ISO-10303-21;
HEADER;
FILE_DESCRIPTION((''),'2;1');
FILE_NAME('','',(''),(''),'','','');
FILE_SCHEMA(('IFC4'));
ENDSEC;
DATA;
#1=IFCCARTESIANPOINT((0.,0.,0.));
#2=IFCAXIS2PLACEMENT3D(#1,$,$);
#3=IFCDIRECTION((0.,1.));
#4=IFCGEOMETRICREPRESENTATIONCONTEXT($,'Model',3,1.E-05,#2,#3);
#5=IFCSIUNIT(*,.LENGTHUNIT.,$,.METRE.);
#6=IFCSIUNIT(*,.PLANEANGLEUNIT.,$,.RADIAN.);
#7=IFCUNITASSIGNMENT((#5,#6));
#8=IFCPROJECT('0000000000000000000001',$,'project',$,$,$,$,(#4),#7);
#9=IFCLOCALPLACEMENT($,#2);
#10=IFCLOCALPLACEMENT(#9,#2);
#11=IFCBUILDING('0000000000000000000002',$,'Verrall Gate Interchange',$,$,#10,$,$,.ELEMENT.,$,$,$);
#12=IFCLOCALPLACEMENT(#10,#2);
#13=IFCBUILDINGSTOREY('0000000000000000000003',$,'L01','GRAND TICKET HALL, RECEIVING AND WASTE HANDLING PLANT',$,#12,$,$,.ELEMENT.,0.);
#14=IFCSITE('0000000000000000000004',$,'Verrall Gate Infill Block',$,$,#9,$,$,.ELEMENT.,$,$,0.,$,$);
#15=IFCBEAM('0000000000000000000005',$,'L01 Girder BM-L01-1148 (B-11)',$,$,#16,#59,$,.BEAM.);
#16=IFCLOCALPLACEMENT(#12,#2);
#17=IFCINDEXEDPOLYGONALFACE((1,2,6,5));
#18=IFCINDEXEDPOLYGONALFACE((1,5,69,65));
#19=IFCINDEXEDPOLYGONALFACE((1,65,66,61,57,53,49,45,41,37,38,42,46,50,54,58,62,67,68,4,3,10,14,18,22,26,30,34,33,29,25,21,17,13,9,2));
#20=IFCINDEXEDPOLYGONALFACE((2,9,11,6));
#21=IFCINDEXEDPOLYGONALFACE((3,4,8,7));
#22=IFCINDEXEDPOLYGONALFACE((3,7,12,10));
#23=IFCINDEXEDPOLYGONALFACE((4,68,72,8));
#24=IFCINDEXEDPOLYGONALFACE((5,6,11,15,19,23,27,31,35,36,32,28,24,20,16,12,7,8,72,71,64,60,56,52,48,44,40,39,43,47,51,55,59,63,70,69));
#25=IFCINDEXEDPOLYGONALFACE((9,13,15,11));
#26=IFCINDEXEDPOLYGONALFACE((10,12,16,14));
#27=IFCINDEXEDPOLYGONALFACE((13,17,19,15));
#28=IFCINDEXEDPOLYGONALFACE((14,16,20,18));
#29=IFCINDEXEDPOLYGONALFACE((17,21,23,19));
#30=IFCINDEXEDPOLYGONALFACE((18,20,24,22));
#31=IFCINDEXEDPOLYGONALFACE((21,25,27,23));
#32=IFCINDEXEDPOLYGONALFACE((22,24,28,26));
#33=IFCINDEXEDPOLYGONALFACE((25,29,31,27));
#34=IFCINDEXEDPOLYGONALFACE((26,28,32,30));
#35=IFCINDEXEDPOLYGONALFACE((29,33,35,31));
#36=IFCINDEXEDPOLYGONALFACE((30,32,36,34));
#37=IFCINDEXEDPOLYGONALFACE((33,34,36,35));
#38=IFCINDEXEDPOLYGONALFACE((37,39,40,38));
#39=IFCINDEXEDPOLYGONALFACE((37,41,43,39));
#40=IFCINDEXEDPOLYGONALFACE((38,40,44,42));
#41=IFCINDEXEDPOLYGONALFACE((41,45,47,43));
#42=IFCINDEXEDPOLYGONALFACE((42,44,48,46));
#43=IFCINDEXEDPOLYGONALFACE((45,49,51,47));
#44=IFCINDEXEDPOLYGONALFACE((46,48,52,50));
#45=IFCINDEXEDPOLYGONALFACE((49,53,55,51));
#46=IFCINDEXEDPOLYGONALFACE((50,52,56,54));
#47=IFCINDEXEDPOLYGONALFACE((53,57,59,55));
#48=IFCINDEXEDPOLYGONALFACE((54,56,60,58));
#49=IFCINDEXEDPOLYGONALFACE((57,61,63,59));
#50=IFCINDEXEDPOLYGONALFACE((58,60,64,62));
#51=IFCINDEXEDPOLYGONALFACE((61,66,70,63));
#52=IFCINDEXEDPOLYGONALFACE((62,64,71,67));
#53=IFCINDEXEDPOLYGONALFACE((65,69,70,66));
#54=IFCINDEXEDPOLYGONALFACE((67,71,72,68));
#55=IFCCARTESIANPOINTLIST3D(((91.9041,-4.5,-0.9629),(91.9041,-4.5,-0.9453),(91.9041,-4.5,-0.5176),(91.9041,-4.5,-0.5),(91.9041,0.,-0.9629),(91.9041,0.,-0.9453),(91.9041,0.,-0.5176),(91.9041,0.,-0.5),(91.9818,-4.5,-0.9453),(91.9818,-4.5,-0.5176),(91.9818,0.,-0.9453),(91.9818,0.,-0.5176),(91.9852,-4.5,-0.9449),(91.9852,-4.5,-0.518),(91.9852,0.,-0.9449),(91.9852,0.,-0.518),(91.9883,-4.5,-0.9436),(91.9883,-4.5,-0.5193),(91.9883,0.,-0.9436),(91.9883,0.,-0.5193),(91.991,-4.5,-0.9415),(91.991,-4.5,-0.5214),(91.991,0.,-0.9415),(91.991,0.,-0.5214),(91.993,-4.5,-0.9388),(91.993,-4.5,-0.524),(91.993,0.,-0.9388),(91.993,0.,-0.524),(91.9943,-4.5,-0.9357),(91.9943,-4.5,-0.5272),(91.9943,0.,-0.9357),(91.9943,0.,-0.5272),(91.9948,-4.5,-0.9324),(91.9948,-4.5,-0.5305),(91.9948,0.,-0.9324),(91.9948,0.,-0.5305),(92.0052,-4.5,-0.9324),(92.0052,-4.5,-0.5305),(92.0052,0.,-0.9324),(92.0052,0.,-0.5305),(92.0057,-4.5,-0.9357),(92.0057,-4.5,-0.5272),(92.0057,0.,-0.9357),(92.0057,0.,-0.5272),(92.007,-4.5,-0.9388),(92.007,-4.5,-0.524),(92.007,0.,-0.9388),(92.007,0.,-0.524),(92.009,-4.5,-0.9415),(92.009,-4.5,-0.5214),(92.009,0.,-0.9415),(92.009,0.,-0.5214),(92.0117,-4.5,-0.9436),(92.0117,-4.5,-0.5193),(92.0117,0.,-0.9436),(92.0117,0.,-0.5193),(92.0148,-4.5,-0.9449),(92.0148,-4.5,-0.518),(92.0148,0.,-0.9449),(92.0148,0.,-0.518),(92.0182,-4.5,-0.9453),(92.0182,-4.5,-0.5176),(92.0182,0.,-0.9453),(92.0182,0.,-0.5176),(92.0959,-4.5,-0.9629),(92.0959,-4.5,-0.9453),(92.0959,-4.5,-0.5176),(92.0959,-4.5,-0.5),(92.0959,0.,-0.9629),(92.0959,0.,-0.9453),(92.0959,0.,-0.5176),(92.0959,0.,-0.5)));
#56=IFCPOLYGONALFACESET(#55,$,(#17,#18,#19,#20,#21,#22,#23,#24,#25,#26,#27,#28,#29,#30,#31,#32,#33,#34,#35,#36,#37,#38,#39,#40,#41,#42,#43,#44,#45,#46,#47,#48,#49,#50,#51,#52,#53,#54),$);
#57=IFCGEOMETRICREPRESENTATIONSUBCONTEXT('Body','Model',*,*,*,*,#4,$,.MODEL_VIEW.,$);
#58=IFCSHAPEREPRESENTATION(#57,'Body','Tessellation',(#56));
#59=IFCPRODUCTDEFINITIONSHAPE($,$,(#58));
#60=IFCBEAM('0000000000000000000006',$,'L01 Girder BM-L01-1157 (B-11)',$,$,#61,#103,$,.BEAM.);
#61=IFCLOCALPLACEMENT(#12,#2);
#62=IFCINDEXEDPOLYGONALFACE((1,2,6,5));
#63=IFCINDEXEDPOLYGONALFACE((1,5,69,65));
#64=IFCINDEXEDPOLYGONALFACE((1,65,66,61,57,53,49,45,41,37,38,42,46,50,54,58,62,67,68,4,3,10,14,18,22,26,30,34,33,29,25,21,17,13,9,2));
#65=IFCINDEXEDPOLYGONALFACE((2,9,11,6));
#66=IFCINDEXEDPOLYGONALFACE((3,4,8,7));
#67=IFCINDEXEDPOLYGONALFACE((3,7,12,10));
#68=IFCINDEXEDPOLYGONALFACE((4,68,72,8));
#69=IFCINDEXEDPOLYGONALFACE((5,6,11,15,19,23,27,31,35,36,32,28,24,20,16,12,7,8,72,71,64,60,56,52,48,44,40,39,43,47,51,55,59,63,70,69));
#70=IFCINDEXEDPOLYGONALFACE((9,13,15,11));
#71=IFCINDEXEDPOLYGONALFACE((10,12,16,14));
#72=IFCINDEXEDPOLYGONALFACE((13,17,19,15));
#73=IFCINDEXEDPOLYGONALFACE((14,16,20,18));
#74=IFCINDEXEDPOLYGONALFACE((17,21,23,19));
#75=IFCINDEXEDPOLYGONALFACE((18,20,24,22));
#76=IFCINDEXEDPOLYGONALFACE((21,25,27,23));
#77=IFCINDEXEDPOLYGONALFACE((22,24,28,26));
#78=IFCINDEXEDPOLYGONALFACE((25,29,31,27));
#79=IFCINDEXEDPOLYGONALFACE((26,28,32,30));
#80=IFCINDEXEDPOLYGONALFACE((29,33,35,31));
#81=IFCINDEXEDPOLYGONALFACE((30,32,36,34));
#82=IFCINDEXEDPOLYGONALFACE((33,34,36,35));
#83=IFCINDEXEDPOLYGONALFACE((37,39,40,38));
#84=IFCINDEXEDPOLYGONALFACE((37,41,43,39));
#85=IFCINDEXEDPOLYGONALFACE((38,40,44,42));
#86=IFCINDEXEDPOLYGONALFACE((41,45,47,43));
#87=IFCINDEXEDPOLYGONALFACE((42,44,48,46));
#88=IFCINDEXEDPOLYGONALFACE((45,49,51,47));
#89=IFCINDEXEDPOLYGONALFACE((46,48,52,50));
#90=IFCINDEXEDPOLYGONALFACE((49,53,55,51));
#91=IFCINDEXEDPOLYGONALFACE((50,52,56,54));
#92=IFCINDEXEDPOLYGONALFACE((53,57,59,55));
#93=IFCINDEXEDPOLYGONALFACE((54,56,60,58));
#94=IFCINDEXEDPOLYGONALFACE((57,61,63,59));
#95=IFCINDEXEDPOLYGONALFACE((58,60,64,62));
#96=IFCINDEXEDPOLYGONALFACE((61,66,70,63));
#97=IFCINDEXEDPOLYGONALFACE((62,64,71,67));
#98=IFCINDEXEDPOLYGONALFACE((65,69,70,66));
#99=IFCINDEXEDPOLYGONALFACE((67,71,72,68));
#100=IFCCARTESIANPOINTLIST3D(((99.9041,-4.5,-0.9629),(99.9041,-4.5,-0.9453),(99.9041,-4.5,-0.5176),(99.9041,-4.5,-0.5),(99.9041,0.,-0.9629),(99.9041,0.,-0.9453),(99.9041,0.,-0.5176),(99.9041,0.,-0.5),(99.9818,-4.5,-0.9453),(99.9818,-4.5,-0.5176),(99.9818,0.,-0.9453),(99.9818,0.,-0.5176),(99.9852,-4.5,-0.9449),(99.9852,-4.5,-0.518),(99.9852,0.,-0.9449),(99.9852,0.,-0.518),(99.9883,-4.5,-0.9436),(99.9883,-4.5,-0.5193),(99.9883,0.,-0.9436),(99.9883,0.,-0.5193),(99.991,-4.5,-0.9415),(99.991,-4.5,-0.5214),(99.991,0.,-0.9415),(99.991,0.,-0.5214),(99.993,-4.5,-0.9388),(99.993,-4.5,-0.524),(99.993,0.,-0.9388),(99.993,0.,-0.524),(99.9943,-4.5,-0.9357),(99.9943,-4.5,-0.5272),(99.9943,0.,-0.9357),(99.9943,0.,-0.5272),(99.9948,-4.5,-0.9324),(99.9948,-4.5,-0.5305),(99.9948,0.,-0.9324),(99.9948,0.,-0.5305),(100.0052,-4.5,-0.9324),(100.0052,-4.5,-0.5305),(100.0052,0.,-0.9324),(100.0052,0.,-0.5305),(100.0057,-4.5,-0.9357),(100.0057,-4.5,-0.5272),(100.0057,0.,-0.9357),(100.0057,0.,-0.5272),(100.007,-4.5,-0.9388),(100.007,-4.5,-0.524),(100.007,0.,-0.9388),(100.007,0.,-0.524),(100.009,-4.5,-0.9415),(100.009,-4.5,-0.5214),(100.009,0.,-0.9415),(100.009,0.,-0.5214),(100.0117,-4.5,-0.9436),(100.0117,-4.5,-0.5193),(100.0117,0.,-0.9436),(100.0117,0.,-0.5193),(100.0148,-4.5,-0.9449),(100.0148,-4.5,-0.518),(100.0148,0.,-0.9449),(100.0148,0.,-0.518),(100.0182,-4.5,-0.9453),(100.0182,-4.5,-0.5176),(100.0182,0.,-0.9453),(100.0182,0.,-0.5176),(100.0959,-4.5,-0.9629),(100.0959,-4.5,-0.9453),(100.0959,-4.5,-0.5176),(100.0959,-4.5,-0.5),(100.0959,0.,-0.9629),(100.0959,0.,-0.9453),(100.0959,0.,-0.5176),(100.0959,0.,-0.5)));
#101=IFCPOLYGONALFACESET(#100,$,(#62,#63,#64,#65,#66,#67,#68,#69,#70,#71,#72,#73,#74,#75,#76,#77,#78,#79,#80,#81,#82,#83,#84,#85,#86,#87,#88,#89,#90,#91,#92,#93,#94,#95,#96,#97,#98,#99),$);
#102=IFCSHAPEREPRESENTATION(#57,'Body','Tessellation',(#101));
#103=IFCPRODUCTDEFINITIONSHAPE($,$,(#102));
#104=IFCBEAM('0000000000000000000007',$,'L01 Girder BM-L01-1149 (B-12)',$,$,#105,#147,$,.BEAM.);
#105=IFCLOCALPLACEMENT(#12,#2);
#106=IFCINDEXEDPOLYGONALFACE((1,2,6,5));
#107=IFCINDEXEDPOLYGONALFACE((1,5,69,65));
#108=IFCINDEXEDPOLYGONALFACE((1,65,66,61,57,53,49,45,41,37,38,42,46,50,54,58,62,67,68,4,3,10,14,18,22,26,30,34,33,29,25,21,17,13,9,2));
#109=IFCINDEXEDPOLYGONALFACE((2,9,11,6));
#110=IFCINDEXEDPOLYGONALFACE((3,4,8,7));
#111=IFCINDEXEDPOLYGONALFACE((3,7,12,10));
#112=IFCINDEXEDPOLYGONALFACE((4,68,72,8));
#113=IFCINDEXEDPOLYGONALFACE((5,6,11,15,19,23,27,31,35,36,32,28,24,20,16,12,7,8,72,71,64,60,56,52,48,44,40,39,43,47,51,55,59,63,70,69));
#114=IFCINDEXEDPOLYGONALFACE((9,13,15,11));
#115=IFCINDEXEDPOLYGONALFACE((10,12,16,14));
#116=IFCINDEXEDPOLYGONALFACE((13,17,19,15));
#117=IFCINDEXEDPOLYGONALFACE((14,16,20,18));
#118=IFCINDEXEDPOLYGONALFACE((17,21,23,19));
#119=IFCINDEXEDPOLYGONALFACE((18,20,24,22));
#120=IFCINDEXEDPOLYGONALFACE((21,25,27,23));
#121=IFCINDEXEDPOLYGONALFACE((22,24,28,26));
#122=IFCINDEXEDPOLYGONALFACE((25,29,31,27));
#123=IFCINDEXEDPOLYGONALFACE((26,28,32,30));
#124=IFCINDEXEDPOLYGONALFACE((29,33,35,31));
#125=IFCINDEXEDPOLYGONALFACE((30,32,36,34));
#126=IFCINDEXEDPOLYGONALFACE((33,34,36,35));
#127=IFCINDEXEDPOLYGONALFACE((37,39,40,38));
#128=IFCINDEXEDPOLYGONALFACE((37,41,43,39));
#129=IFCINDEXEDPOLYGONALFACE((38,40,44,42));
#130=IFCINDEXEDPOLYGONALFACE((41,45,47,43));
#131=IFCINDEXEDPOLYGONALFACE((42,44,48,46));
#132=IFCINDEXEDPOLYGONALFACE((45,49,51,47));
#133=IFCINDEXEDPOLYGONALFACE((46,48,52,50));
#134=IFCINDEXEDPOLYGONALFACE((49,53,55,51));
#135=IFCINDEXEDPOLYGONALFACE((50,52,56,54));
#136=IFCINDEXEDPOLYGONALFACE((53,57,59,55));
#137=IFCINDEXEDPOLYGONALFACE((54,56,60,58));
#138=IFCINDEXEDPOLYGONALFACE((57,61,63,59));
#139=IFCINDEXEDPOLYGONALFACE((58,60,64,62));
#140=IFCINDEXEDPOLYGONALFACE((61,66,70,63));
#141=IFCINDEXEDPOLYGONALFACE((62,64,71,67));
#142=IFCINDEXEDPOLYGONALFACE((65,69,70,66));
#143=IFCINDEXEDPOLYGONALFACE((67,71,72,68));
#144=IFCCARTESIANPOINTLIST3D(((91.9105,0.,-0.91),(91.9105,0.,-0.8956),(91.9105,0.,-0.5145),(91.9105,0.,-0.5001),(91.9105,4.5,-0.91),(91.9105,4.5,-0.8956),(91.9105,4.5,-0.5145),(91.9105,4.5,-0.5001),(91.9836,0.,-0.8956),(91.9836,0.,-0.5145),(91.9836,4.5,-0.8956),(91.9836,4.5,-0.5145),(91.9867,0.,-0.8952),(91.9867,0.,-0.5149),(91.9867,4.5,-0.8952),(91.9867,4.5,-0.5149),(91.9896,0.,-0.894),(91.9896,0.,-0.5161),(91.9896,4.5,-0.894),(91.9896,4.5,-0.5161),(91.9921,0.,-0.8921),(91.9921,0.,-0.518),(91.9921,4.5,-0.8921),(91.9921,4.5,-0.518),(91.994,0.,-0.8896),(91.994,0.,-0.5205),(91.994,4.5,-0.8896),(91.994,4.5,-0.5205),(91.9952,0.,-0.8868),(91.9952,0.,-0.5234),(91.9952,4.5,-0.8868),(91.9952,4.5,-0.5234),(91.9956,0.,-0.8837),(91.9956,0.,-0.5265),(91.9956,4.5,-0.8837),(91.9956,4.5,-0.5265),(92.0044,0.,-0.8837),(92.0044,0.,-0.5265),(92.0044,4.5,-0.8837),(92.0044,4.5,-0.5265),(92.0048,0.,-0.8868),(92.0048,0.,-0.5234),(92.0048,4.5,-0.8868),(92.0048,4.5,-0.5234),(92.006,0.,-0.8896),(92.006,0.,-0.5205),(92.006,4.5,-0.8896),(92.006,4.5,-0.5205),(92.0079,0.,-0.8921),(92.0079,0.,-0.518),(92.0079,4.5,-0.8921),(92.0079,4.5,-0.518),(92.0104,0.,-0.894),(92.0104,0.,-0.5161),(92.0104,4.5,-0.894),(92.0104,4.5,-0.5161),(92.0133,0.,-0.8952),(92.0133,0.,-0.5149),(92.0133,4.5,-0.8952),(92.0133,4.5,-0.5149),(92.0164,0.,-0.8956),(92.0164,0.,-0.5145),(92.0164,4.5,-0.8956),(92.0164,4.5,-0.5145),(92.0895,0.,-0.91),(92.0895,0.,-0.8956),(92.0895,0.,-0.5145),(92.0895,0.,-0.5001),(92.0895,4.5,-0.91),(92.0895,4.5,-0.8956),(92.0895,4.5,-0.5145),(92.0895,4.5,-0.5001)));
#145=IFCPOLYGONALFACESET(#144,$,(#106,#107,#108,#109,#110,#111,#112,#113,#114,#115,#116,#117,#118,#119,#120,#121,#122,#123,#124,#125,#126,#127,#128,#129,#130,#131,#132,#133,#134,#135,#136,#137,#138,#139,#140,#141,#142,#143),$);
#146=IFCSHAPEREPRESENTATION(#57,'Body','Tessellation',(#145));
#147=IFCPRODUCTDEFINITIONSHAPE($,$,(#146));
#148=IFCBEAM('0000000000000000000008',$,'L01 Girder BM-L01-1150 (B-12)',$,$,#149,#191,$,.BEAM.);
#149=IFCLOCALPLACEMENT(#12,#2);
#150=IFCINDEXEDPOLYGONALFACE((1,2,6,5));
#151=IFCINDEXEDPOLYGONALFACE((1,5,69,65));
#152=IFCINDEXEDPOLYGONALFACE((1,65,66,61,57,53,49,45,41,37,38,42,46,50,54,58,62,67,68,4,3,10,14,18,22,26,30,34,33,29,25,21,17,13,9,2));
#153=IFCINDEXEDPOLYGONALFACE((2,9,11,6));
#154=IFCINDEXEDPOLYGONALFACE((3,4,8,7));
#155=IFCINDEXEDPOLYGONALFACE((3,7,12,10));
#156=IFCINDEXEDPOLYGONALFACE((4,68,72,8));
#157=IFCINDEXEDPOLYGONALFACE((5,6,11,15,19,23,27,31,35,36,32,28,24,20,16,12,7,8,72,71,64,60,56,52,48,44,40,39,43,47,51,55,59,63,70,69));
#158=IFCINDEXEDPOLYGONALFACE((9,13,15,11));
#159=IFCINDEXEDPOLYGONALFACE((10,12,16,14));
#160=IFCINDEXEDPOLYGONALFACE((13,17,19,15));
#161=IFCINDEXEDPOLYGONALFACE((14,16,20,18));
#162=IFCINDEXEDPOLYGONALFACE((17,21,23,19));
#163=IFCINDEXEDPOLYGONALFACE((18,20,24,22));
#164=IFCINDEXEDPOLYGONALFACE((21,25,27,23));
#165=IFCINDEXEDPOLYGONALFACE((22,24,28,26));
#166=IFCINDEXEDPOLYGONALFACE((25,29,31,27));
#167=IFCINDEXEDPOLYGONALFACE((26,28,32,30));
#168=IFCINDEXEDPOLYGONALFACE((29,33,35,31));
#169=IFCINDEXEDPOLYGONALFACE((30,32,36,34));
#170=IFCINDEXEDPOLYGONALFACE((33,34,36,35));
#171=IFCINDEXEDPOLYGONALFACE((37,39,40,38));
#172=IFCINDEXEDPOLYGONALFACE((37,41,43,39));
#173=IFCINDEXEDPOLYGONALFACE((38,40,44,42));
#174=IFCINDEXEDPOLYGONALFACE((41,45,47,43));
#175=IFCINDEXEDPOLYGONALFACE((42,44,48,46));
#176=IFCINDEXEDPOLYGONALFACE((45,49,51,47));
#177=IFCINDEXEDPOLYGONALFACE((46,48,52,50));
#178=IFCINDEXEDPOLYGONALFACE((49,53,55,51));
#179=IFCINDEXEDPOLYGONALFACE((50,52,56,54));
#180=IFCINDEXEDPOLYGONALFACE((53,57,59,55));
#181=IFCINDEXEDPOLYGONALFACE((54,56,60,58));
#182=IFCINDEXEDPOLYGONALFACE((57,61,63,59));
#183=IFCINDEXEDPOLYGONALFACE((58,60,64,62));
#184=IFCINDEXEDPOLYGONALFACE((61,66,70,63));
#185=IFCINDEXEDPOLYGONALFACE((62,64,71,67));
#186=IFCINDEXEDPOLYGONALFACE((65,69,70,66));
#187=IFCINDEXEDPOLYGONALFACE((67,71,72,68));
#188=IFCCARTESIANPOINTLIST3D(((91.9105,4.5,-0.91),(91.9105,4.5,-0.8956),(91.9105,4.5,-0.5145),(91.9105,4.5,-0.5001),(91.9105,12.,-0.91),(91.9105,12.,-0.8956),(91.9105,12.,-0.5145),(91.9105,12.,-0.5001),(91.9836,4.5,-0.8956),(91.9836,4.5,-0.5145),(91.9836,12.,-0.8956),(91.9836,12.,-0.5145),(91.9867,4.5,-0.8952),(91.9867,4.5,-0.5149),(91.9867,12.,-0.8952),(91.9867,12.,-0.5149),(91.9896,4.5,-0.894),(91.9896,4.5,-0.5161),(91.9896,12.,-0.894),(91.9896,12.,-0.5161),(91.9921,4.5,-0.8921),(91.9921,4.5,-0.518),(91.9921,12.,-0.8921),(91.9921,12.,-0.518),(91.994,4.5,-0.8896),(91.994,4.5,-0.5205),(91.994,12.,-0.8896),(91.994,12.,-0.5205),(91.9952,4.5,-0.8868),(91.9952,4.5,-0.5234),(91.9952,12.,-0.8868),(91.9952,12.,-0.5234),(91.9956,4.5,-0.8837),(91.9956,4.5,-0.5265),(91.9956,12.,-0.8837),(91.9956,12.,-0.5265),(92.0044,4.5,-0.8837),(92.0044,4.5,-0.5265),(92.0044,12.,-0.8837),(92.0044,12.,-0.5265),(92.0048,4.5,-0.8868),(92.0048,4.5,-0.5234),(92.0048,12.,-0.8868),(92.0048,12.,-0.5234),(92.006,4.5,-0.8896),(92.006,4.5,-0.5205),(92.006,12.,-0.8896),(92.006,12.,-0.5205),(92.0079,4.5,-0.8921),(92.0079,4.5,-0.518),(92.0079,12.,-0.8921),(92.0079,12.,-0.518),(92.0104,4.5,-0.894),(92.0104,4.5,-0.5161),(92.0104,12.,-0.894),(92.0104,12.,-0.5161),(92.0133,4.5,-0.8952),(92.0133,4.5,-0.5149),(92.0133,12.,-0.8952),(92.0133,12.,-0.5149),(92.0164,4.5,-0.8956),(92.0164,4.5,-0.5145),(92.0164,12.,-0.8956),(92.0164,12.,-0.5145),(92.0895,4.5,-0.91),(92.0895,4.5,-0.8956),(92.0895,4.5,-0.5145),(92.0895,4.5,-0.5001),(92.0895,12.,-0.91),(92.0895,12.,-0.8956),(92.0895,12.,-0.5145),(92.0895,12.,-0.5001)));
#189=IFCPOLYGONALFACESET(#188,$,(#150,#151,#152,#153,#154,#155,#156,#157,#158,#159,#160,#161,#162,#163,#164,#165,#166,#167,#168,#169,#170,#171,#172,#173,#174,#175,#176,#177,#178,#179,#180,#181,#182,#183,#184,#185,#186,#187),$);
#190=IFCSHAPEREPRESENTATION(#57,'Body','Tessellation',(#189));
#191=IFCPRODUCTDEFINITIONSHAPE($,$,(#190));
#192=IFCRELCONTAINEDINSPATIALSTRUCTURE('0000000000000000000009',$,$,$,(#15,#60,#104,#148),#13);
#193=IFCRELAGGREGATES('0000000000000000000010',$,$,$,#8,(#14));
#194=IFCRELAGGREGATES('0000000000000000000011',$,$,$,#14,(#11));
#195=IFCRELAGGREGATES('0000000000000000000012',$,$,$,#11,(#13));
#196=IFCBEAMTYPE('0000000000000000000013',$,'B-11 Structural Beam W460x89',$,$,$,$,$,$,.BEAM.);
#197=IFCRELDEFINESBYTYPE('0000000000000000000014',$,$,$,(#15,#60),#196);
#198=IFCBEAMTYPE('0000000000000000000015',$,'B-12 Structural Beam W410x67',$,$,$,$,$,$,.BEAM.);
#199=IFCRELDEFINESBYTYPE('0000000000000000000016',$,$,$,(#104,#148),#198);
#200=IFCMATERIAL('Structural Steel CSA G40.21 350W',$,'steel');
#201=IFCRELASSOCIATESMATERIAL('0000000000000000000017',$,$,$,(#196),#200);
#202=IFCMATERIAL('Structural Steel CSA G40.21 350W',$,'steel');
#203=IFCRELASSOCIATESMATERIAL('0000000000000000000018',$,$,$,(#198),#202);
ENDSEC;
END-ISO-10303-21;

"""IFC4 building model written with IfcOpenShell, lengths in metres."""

from ifc_helpers import new_model, si_unit, direction, frame, origin, origin_2d, place, context, subcontext, project, spatial, i_section, extrude, material, material_profile, profile_set, type_object, element, save


model = new_model("IFC4")

# Units and contexts
model_context = context("Model", 3, precision=1e-05, world=origin(), true_north=direction((0.0, 1.0)))
body_context = subcontext(model_context, "Body", "Model", "MODEL_VIEW")
ifc_project = project(units=[si_unit("LENGTHUNIT", "METRE"), si_unit("PLANEANGLEUNIT", "RADIAN")], contexts=[model_context])

# Site, building, storey
site_placement = place(None, origin())
site = spatial("IfcSite", under=ifc_project, at=site_placement, Name="Verrall Gate Infill Block", CompositionType="ELEMENT", RefElevation=0.0)
building_placement = place(site_placement, origin())
building = spatial("IfcBuilding", under=site, at=building_placement, Name="Verrall Gate Interchange", CompositionType="ELEMENT")
storey_placement = place(building_placement, origin())
storey = spatial("IfcBuildingStorey", under=building, at=storey_placement, Name="L01", Description="GRAND TICKET HALL, RECEIVING AND WASTE HANDLING PLANT", CompositionType="ELEMENT", Elevation=0.0)

# Beams
ifc_material_1 = material(Name="Structural Steel CSA G40.21 350W", Category="steel")
ifc_material_profile_1 = material_profile(ifc_material_1, i_section(OverallWidth=0.1919, OverallDepth=0.4629, WebThickness=0.0105, FlangeThickness=0.0176, FilletRadius=0.0129, at=origin_2d()), Name="W460x89")
ifc_profile_set_1 = profile_set([ifc_material_profile_1], Name="Structural Steel CSA G40.21 350W")
beam_type_1 = type_object("IfcBeamType", Name="B-11 Structural Beam W460x89", PredefinedType="BEAM", material=ifc_profile_set_1)
for number, where, z_axis, x_axis, name in (
    (1, (92.0, -4.5, -0.7314), (0.0, 1.0, 0.0), (-1.0, 0.0, 0.0), "L01 Girder BM-L01-1148 (B-11)"),
    (2, (100.0, -4.5, -0.7314), (0.0, 1.0, 0.0), (-1.0, 0.0, 0.0), "L01 Girder BM-L01-1157 (B-11)"),
):
    element("IfcBeam", number, at=place(storey_placement, frame(where, z_axis=z_axis, x_axis=x_axis)), inside=storey, type_object=beam_type_1, Name=name, PredefinedType="BEAM", context=body_context, shape_type="SweptSolid", body=[
        extrude(i_section(OverallWidth=0.1919, OverallDepth=0.4629, WebThickness=0.0105, FlangeThickness=0.0176, FilletRadius=0.0129, at=origin_2d()), origin(), (0.0, 0.0, 1.0), 4.5),
    ])
ifc_material_2 = material(Name="Structural Steel CSA G40.21 350W", Category="steel")
ifc_material_profile_2 = material_profile(ifc_material_2, i_section(OverallWidth=0.179, OverallDepth=0.4099, WebThickness=0.0088, FlangeThickness=0.0144, FilletRadius=0.012, at=origin_2d()), Name="W410x67")
ifc_profile_set_2 = profile_set([ifc_material_profile_2], Name="Structural Steel CSA G40.21 350W")
beam_type_2 = type_object("IfcBeamType", Name="B-12 Structural Beam W410x67", PredefinedType="BEAM", material=ifc_profile_set_2)
beam_1_placement = place(storey_placement, frame((92.0, 0.0, -0.7051), z_axis=(0.0, 1.0, 0.0), x_axis=(-1.0, 0.0, 0.0)))
element("IfcBeam", 3, at=beam_1_placement, inside=storey, type_object=beam_type_2, Name="L01 Girder BM-L01-1149 (B-12)", PredefinedType="BEAM", context=body_context, shape_type="SweptSolid", body=[
    extrude(i_section(OverallWidth=0.179, OverallDepth=0.4099, WebThickness=0.0088, FlangeThickness=0.0144, FilletRadius=0.012, at=origin_2d()), origin(), (0.0, 0.0, 1.0), 4.5),
])
beam_2_placement = place(storey_placement, frame((92.0, 4.5, -0.7051), z_axis=(0.0, 1.0, 0.0), x_axis=(-1.0, 0.0, 0.0)))
element("IfcBeam", 4, at=beam_2_placement, inside=storey, type_object=beam_type_2, Name="L01 Girder BM-L01-1150 (B-12)", PredefinedType="BEAM", context=body_context, shape_type="SweptSolid", body=[
    extrude(i_section(OverallWidth=0.179, OverallDepth=0.4099, WebThickness=0.0088, FlangeThickness=0.0144, FilletRadius=0.012, at=origin_2d()), origin(), (0.0, 0.0, 1.0), 7.5),
])

save(model, "model.ifc")
